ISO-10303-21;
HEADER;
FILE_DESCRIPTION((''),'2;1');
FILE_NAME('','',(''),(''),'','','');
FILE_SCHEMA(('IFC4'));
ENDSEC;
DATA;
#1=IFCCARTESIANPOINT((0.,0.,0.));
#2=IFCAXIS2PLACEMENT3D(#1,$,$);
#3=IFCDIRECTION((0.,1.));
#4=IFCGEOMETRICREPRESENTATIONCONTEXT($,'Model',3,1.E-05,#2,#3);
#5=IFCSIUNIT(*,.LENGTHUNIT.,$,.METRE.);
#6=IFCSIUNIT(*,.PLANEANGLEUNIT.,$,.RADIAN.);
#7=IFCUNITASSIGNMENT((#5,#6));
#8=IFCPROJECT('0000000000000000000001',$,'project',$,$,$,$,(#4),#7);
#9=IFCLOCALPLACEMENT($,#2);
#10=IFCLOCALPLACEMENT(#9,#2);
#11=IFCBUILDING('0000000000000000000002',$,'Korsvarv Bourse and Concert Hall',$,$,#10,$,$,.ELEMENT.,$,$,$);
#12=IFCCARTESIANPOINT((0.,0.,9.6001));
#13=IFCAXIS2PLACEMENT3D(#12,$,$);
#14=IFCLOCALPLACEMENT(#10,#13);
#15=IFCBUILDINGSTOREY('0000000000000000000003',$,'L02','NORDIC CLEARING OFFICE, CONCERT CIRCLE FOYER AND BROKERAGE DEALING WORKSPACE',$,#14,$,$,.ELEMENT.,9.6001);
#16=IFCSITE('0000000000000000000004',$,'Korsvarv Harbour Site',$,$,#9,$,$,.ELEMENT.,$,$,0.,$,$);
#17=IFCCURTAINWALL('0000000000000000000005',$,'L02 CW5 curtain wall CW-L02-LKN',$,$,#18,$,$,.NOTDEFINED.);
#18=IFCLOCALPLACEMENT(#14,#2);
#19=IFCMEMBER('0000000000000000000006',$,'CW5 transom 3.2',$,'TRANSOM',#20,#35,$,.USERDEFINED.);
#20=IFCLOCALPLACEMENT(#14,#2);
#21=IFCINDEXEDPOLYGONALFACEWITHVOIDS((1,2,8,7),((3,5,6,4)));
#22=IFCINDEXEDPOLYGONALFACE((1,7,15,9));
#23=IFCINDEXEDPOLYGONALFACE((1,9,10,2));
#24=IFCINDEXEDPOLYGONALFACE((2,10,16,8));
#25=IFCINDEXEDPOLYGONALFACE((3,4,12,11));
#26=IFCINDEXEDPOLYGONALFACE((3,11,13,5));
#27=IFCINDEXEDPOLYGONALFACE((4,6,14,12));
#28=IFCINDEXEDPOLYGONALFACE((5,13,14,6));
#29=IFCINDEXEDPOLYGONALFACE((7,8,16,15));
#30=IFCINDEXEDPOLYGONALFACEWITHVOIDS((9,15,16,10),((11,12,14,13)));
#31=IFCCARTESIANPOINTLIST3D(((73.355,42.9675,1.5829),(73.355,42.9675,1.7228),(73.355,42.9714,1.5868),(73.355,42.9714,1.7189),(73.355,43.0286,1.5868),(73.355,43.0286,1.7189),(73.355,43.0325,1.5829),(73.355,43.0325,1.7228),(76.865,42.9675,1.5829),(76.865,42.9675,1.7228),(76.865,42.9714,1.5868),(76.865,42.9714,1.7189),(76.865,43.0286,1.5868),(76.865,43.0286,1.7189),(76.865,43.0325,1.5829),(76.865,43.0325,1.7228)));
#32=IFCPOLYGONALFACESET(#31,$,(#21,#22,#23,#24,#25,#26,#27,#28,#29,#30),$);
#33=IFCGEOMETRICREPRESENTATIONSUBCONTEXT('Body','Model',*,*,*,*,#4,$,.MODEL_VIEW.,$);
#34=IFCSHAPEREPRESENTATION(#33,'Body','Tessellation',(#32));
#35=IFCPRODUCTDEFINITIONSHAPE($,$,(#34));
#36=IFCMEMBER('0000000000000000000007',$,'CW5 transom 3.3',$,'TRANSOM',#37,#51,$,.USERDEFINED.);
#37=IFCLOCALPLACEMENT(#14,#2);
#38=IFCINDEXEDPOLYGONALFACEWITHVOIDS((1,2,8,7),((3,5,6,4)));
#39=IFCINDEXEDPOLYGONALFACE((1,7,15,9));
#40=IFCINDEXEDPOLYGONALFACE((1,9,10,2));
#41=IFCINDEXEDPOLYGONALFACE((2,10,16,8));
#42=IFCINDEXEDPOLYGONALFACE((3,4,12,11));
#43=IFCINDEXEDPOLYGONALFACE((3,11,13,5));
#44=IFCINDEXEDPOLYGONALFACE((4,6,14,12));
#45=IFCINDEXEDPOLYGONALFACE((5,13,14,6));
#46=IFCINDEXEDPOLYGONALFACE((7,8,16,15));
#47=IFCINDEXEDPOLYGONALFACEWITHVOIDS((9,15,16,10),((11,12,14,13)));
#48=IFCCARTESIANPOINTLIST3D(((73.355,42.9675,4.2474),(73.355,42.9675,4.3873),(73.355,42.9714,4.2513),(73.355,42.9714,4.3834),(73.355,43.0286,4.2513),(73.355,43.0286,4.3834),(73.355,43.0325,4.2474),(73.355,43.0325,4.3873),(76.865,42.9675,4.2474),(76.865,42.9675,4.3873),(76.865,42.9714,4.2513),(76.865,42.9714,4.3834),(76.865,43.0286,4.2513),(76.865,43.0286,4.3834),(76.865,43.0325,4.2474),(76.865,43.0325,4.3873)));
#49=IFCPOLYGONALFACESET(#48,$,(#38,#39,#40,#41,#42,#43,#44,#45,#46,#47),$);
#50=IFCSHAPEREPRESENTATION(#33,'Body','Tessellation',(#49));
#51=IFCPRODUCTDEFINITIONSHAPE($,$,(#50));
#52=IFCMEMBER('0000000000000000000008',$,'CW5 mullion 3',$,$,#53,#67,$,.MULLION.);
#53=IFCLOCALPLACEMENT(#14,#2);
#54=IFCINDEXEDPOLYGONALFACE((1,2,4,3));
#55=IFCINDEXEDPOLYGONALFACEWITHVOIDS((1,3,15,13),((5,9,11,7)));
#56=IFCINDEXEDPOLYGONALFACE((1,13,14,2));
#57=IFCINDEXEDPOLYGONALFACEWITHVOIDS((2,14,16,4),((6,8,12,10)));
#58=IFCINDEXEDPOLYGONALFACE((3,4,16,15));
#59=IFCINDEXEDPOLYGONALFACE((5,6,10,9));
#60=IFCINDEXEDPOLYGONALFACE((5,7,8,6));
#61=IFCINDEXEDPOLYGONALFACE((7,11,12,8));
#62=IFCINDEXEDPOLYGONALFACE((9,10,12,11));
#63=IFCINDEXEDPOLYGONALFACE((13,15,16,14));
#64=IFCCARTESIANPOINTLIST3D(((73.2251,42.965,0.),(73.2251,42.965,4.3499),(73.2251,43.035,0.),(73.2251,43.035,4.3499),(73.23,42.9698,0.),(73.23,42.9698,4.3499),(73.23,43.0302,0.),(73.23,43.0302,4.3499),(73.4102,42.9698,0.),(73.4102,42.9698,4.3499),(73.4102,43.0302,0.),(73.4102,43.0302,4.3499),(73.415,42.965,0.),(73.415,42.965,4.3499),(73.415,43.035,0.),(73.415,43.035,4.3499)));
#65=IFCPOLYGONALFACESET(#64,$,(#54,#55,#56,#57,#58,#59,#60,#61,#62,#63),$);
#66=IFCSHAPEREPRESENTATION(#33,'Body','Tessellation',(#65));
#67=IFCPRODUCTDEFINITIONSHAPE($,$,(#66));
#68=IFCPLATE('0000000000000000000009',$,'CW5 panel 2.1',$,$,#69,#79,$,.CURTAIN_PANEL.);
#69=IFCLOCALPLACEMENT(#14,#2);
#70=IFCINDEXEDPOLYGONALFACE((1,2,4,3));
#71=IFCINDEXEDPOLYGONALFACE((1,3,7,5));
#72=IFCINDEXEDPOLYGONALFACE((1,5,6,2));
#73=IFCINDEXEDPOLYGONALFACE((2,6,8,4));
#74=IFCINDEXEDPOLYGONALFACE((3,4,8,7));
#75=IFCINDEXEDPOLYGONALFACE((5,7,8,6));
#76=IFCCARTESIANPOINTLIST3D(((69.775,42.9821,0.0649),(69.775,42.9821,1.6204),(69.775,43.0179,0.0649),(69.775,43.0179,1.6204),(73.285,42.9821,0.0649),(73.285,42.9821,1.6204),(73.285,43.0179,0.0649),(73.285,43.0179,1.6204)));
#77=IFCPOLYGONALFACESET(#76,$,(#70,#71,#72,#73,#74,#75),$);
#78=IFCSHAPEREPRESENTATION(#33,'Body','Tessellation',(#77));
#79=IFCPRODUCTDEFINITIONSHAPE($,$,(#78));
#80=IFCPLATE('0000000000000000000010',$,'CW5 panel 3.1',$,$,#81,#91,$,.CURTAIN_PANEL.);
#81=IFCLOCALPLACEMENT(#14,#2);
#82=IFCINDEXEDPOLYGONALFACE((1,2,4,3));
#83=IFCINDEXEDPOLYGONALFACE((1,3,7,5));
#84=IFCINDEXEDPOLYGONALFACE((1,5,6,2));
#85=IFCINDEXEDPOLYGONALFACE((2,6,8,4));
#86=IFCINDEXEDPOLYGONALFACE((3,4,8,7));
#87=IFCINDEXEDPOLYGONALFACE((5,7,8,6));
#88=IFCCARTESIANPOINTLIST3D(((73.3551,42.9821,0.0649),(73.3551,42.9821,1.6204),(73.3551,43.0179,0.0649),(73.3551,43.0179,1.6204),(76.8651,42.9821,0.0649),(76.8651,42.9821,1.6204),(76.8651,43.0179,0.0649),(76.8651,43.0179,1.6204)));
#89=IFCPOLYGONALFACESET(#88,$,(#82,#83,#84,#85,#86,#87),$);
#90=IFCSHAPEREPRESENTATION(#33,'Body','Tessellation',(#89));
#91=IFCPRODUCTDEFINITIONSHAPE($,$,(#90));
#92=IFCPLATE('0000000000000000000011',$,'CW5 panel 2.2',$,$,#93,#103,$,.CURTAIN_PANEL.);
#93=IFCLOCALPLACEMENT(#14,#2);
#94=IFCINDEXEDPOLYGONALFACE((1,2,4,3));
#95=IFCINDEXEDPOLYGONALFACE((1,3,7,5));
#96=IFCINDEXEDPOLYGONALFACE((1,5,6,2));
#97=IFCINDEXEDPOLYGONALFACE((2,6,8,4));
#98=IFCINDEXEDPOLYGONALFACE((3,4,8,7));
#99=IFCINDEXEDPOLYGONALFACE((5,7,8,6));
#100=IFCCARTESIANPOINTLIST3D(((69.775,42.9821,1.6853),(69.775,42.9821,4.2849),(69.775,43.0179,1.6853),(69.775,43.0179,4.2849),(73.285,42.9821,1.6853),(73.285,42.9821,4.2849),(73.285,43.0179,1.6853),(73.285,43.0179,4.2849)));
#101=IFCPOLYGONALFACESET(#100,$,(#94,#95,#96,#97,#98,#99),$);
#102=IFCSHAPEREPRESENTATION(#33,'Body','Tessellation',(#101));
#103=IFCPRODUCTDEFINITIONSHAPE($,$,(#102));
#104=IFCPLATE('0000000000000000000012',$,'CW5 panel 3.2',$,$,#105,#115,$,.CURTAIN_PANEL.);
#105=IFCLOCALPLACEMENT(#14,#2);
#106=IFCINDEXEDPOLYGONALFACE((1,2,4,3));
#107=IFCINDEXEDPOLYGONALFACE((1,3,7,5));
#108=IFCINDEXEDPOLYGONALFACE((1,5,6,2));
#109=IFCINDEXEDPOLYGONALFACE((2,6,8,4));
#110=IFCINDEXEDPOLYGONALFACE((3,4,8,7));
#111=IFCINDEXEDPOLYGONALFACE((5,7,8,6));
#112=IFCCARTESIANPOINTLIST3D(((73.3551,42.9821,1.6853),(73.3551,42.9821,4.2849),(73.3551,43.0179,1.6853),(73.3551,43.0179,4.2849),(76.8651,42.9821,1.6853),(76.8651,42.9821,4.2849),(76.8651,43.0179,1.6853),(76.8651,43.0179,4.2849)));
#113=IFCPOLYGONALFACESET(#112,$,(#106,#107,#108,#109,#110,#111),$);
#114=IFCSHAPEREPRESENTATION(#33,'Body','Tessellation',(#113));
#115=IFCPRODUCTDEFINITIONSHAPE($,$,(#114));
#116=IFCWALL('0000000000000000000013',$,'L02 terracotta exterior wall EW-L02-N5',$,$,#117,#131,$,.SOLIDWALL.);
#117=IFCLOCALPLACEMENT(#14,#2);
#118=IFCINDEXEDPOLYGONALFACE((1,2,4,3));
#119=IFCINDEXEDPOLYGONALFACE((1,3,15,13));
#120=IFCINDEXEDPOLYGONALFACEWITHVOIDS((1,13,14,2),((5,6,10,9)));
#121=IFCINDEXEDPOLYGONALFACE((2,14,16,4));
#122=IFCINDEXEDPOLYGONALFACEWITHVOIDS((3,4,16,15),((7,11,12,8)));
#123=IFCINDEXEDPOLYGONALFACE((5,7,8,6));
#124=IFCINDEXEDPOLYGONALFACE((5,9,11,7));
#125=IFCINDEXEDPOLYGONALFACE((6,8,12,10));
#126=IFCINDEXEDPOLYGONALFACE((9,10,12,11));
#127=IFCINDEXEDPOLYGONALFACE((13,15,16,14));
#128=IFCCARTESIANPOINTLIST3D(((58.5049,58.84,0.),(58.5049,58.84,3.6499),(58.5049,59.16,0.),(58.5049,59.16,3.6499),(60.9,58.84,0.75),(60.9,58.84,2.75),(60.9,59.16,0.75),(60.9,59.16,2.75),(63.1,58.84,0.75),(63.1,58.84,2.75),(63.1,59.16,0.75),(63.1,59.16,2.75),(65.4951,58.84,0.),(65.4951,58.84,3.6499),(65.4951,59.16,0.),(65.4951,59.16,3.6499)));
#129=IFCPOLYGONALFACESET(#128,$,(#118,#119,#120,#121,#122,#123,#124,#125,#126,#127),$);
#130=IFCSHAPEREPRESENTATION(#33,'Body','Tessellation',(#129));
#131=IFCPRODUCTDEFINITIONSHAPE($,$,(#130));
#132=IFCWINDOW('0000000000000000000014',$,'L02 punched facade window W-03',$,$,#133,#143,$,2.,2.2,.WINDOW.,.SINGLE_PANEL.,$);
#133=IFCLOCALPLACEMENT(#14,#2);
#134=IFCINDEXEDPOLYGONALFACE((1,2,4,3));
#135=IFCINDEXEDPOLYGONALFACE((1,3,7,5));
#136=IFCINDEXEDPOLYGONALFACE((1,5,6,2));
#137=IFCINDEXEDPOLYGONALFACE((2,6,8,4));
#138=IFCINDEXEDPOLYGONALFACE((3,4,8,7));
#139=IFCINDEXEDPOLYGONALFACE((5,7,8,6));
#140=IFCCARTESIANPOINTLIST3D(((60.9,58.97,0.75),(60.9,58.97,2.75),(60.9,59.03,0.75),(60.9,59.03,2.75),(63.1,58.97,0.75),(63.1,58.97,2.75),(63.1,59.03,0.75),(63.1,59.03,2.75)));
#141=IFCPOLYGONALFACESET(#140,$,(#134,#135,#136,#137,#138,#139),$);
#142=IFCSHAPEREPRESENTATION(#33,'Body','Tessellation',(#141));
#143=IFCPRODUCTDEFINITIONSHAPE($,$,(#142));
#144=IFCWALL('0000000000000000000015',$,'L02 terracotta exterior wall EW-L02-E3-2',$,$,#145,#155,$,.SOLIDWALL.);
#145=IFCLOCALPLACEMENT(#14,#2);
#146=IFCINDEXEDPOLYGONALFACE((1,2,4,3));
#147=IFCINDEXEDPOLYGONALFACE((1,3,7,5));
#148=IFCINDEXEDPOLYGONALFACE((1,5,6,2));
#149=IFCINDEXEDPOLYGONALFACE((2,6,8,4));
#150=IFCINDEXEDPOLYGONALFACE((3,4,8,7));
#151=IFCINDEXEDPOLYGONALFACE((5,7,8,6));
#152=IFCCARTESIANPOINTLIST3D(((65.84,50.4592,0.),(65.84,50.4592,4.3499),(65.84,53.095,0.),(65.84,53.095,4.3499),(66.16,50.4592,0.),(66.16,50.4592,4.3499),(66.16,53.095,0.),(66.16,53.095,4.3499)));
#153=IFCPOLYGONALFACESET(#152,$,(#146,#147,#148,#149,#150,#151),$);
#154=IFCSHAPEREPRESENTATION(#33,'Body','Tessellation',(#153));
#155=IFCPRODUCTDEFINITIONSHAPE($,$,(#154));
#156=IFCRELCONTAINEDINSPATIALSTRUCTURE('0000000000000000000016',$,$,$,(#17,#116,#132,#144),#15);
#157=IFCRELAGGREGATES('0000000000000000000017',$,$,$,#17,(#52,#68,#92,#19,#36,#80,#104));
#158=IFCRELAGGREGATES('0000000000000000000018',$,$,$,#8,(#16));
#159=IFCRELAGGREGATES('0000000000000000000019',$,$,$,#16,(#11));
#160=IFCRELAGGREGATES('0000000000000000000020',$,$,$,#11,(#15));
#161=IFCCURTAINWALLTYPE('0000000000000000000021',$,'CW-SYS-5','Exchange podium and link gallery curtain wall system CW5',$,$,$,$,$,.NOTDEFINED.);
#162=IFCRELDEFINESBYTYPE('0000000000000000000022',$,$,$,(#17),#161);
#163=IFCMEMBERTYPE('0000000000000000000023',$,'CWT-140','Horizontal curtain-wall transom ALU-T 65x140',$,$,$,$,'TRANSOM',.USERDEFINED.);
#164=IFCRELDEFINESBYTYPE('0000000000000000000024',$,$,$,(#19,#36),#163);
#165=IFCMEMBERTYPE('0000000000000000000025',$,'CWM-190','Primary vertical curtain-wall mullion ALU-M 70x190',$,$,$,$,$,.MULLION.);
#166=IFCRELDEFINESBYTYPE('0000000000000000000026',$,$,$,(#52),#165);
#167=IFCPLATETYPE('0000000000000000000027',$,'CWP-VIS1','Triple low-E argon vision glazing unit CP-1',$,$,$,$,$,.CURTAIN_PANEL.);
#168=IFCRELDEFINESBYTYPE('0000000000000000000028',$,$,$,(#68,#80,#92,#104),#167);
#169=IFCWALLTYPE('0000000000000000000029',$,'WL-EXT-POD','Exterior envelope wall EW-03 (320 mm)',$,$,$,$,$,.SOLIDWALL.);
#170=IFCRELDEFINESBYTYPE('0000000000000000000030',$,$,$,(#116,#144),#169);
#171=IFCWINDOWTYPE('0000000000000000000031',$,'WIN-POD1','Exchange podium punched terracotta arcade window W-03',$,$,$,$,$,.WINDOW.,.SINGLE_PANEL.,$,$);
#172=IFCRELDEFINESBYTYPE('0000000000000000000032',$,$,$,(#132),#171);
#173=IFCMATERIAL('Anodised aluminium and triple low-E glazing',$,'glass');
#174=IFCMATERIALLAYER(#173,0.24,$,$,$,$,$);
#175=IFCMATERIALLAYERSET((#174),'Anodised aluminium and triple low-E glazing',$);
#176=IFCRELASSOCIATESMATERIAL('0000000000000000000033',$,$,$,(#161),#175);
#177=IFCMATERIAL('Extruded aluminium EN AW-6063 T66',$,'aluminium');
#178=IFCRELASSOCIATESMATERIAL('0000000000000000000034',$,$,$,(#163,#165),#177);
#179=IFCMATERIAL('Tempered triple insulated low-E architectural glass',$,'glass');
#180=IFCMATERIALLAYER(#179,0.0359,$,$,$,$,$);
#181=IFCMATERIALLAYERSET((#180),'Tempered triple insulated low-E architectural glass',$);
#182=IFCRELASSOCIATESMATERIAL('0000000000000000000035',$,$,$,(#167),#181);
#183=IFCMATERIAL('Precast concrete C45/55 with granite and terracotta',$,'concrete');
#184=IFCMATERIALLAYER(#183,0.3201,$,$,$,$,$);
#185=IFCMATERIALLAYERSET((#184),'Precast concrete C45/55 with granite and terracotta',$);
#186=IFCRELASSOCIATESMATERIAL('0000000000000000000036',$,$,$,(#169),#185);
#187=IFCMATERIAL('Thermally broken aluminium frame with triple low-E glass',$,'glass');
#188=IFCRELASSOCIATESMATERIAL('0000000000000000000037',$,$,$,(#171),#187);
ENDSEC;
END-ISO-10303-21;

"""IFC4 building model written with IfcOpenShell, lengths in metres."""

from ifc_helpers import new_model, si_unit, direction, frame, frame_2d, origin, origin_2d, place, context, subcontext, project, spatial, rectangle, hollow_rectangle, extrude, source, transform, mapped, material, layer, layer_set, material_profile, profile_set, type_object, element, fill, aggregate, save


model = new_model("IFC4")

# Units and contexts
model_context = context("Model", 3, precision=1e-05, world=origin(), true_north=direction((0.0, 1.0)))
body_context = subcontext(model_context, "Body", "Model", "MODEL_VIEW")
ifc_project = project(units=[si_unit("LENGTHUNIT", "METRE"), si_unit("PLANEANGLEUNIT", "RADIAN")], contexts=[model_context])

# Site, building, storey
site_placement = place(None, origin())
site = spatial("IfcSite", under=ifc_project, at=site_placement, Name="Korsvarv Harbour Site", CompositionType="ELEMENT", RefElevation=0.0)
building_placement = place(site_placement, origin())
building = spatial("IfcBuilding", under=site, at=building_placement, Name="Korsvarv Bourse and Concert Hall", CompositionType="ELEMENT")
storey_placement = place(building_placement, frame((0.0, 0.0, 9.6001)))
storey = spatial("IfcBuildingStorey", under=building, at=storey_placement, Name="L02", Description="NORDIC CLEARING OFFICE, CONCERT CIRCLE FOYER AND BROKERAGE DEALING WORKSPACE", CompositionType="ELEMENT", Elevation=9.6001)

# Curtain wall, members, plates
ifc_material_1 = material(Name="Anodised aluminium and triple low-E glazing", Category="glass")
ifc_layer_1 = layer(ifc_material_1, 0.24)
ifc_layer_set_1 = layer_set([ifc_layer_1], Name="Anodised aluminium and triple low-E glazing")
curtain_wall_type = type_object("IfcCurtainWallType", Name="CW-SYS-5", Description="Exchange podium and link gallery curtain wall system CW5", PredefinedType="NOTDEFINED", material=ifc_layer_set_1)
curtain_wall_placement = place(storey_placement, origin())
curtain_wall = element("IfcCurtainWall", 1, at=curtain_wall_placement, inside=storey, type_object=curtain_wall_type, Name="L02 CW5 curtain wall CW-L02-LKN", PredefinedType="NOTDEFINED")
ifc_material_2 = material(Name="Extruded aluminium EN AW-6063 T66", Category="aluminium")
ifc_material_profile_1 = material_profile(ifc_material_2, hollow_rectangle(XDim=0.0649, YDim=0.1399, WallThickness=0.0039, at=origin_2d()), Name="ALU-T 65x140")
ifc_profile_set_1 = profile_set([ifc_material_profile_1], Name="Extruded aluminium EN AW-6063 T66")
member_type_1 = type_object("IfcMemberType", Name="CWT-140", Description="Horizontal curtain-wall transom ALU-T 65x140", ElementType="TRANSOM", PredefinedType="USERDEFINED", material=ifc_profile_set_1)
shared_shape_1 = source(origin(), body_context, "Body", "SweptSolid", [
    extrude(hollow_rectangle(XDim=0.0649, YDim=0.1399, WallThickness=0.0039, at=origin_2d()), origin(), (0.0, 0.0, 1.0), 3.51),
])
member_1_placement = place(storey_placement, frame((73.355, 43.0, 1.6528), z_axis=(1.0, 0.0, 0.0), x_axis=(0.0, 1.0, 0.0)))
member_1 = element("IfcMember", 2, at=member_1_placement, type_object=member_type_1, Name="CW5 transom 3.2", ObjectType="TRANSOM", PredefinedType="USERDEFINED", context=body_context, shape_type="MappedRepresentation", body=[
    mapped(shared_shape_1, transform((0.0, 0.0, 0.0), scale=1.0)),
])
member_2_placement = place(storey_placement, frame((73.355, 43.0, 4.3174), z_axis=(1.0, 0.0, 0.0), x_axis=(0.0, 1.0, 0.0)))
member_2 = element("IfcMember", 3, at=member_2_placement, type_object=member_type_1, Name="CW5 transom 3.3", ObjectType="TRANSOM", PredefinedType="USERDEFINED", context=body_context, shape_type="MappedRepresentation", body=[
    mapped(shared_shape_1, transform((0.0, 0.0, 0.0), scale=1.0)),
])
ifc_material_profile_2 = material_profile(ifc_material_2, hollow_rectangle(XDim=0.0701, YDim=0.1899, WallThickness=0.0049, at=origin_2d()), Name="ALU-M 70x190")
ifc_profile_set_2 = profile_set([ifc_material_profile_2], Name="Extruded aluminium EN AW-6063 T66")
member_type_2 = type_object("IfcMemberType", Name="CWM-190", Description="Primary vertical curtain-wall mullion ALU-M 70x190", PredefinedType="MULLION", material=ifc_profile_set_2)
shared_shape_2 = source(origin(), body_context, "Body", "SweptSolid", [
    extrude(hollow_rectangle(XDim=0.0701, YDim=0.1899, WallThickness=0.0049, at=origin_2d()), origin(), (0.0, 0.0, 1.0), 4.3499),
])
member_3_placement = place(storey_placement, frame((73.3201, 43.0, 0.0), z_axis=(0.0, 0.0, 1.0), x_axis=(0.0, 1.0, 0.0)))
member_3 = element("IfcMember", 4, at=member_3_placement, type_object=member_type_2, Name="CW5 mullion 3", PredefinedType="MULLION", context=body_context, shape_type="MappedRepresentation", body=[
    mapped(shared_shape_2, transform((0.0, 0.0, 0.0), scale=1.0)),
])
ifc_material_3 = material(Name="Tempered triple insulated low-E architectural glass", Category="glass")
ifc_layer_2 = layer(ifc_material_3, 0.0359)
ifc_layer_set_2 = layer_set([ifc_layer_2], Name="Tempered triple insulated low-E architectural glass")
plate_type = type_object("IfcPlateType", Name="CWP-VIS1", Description="Triple low-E argon vision glazing unit CP-1", PredefinedType="CURTAIN_PANEL", material=ifc_layer_set_2)
shared_shape_3 = source(origin(), body_context, "Body", "SweptSolid", [
    extrude(rectangle(XDim=3.51, YDim=0.0359, at=origin_2d()), origin(), (0.0, 0.0, 1.0), 1.5554),
])
plate_1_placement = place(storey_placement, frame((71.53, 43.0, 0.0649), z_axis=(0.0, 0.0, 1.0), x_axis=(1.0, 0.0, 0.0)))
plate_1 = element("IfcPlate", 5, at=plate_1_placement, type_object=plate_type, Name="CW5 panel 2.1", PredefinedType="CURTAIN_PANEL", context=body_context, shape_type="MappedRepresentation", body=[
    mapped(shared_shape_3, transform((0.0, 0.0, 0.0), scale=1.0)),
])
plate_2_placement = place(storey_placement, frame((75.1101, 43.0, 0.0649), z_axis=(0.0, 0.0, 1.0), x_axis=(1.0, 0.0, 0.0)))
plate_2 = element("IfcPlate", 6, at=plate_2_placement, type_object=plate_type, Name="CW5 panel 3.1", PredefinedType="CURTAIN_PANEL", context=body_context, shape_type="MappedRepresentation", body=[
    mapped(shared_shape_3, transform((0.0, 0.0, 0.0), scale=1.0)),
])
shared_shape_4 = source(origin(), body_context, "Body", "SweptSolid", [
    extrude(rectangle(XDim=3.51, YDim=0.0359, at=origin_2d()), origin(), (0.0, 0.0, 1.0), 2.5996),
])
plate_3_placement = place(storey_placement, frame((71.53, 43.0, 1.6853), z_axis=(0.0, 0.0, 1.0), x_axis=(1.0, 0.0, 0.0)))
plate_3 = element("IfcPlate", 7, at=plate_3_placement, type_object=plate_type, Name="CW5 panel 2.2", PredefinedType="CURTAIN_PANEL", context=body_context, shape_type="MappedRepresentation", body=[
    mapped(shared_shape_4, transform((0.0, 0.0, 0.0), scale=1.0)),
])
plate_4_placement = place(storey_placement, frame((75.1101, 43.0, 1.6853), z_axis=(0.0, 0.0, 1.0), x_axis=(1.0, 0.0, 0.0)))
plate_4 = element("IfcPlate", 8, at=plate_4_placement, type_object=plate_type, Name="CW5 panel 3.2", PredefinedType="CURTAIN_PANEL", context=body_context, shape_type="MappedRepresentation", body=[
    mapped(shared_shape_4, transform((0.0, 0.0, 0.0), scale=1.0)),
])
aggregate(curtain_wall, [member_3, plate_1, plate_3, member_1, member_2, plate_2, plate_4])

# Wall, opening, window
ifc_material_4 = material(Name="Precast concrete C45/55 with granite and terracotta", Category="concrete")
ifc_layer_3 = layer(ifc_material_4, 0.3201)
ifc_layer_set_3 = layer_set([ifc_layer_3], Name="Precast concrete C45/55 with granite and terracotta")
wall_type = type_object("IfcWallType", Name="WL-EXT-POD", Description="Exterior envelope wall EW-03 (320 mm)", PredefinedType="SOLIDWALL", material=ifc_layer_set_3)
wall_1_placement = place(storey_placement, frame((58.5049, 59.0, 0.0), z_axis=(0.0, 0.0, 1.0), x_axis=(1.0, 0.0, 0.0)))
wall_1 = element("IfcWall", 9, at=wall_1_placement, inside=storey, type_object=wall_type, Name="L02 terracotta exterior wall EW-L02-N5", PredefinedType="SOLIDWALL", context=body_context, shape_type="SweptSolid", body=[
    extrude(rectangle(XDim=6.9902, YDim=0.3201, at=frame_2d((3.4951, 0.0))), origin(), (0.0, 0.0, 1.0), 3.6499),
])
opening_1_placement = place(wall_1_placement, frame((2.395, 0.0, 0.75)))
opening_1 = element("IfcOpeningElement", 10, at=opening_1_placement, cuts=wall_1, PredefinedType="OPENING", context=body_context, shape_type="SweptSolid", body=[
    extrude(rectangle(XDim=2.2, YDim=2.0, at=frame_2d((1.1001, 1.0))), frame((0.0, 0.1699, 0.0), z_axis=(0.0, -1.0, 0.0), x_axis=(1.0, 0.0, 0.0)), (0.0, 0.0, 1.0), 0.3401),
])
ifc_material_5 = material(Name="Thermally broken aluminium frame with triple low-E glass", Category="glass")
window_type = type_object("IfcWindowType", Name="WIN-POD1", Description="Exchange podium punched terracotta arcade window W-03", PartitioningType="SINGLE_PANEL", PredefinedType="WINDOW", material=ifc_material_5)
window_1_placement = place(opening_1_placement, origin())
window_1 = element("IfcWindow", 11, at=window_1_placement, inside=storey, type_object=window_type, Name="L02 punched facade window W-03", OverallHeight=2.0, OverallWidth=2.2, PartitioningType="SINGLE_PANEL", PredefinedType="WINDOW", context=body_context, shape_type="SweptSolid", body=[
    extrude(rectangle(XDim=2.2, YDim=2.0, at=frame_2d((1.1001, 1.0))), frame((0.0, 0.03, 0.0), z_axis=(0.0, -1.0, 0.0), x_axis=(1.0, 0.0, 0.0)), (0.0, 0.0, 1.0), 0.0601),
])
fill(opening_1, window_1)

# Wall
wall_2_placement = place(storey_placement, frame((66.0, 50.4592, 0.0), z_axis=(0.0, 0.0, 1.0), x_axis=(0.0, 1.0, 0.0)))
element("IfcWall", 12, at=wall_2_placement, inside=storey, type_object=wall_type, Name="L02 terracotta exterior wall EW-L02-E3-2", PredefinedType="SOLIDWALL", context=body_context, shape_type="SweptSolid", body=[
    extrude(rectangle(XDim=2.6357, YDim=0.3201, at=frame_2d((1.3179, 0.0))), origin(), (0.0, 0.0, 1.0), 4.3499),
])

save(model, "model.ifc")
